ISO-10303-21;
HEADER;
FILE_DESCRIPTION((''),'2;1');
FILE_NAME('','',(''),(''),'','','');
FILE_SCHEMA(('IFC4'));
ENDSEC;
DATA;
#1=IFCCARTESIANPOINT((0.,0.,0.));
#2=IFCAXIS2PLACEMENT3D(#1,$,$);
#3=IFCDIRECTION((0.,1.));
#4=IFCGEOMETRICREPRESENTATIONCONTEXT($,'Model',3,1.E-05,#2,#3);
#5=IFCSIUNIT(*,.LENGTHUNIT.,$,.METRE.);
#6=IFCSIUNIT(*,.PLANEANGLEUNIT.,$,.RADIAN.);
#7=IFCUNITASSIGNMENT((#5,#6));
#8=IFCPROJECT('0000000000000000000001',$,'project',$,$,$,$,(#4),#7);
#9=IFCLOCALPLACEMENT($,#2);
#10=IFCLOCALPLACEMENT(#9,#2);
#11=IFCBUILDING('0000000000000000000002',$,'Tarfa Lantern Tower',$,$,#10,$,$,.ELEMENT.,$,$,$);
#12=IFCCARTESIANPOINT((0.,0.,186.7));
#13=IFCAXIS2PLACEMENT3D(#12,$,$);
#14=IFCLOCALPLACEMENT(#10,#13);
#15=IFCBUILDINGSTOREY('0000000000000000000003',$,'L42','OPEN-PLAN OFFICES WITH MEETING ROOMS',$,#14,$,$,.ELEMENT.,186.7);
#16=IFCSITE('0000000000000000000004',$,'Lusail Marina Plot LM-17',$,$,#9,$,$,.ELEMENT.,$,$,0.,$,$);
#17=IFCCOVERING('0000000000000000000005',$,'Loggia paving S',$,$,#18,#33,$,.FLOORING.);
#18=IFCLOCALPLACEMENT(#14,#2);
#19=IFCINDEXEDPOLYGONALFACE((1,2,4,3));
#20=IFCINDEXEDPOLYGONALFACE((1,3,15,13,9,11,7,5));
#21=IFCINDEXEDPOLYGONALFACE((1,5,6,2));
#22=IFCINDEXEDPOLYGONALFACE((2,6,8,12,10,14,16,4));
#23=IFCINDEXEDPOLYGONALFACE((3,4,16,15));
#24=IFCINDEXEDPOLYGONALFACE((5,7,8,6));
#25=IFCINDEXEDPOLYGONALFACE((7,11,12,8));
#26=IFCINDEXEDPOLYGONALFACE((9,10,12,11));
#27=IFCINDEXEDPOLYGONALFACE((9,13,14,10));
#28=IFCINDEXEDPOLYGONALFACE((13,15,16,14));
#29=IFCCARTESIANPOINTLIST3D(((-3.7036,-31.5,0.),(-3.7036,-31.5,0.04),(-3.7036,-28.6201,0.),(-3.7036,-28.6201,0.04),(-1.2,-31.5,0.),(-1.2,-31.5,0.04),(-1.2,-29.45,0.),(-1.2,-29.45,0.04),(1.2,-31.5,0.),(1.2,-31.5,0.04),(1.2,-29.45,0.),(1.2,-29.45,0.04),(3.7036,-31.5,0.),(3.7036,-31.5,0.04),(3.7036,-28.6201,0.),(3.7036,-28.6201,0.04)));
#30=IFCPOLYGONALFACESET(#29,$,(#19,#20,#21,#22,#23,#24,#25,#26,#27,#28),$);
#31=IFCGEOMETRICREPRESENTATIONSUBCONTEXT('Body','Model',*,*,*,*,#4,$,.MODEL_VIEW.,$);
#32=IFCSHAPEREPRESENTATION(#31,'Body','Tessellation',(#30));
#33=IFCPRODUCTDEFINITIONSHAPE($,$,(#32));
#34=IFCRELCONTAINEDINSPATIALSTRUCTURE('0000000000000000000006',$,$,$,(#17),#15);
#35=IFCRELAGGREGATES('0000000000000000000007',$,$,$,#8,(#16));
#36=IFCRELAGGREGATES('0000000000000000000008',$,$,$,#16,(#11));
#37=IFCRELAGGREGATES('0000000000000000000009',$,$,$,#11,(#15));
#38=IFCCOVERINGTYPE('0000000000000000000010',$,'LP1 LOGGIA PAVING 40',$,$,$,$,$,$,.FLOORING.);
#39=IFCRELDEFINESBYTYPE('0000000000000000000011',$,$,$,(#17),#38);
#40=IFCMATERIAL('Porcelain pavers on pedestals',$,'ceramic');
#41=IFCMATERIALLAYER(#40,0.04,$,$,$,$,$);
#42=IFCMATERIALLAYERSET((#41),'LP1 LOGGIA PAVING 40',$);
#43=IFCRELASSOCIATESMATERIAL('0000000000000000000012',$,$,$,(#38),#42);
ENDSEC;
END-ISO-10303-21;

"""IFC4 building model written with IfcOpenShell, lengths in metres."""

from ifc_helpers import new_model, si_unit, direction, frame, origin, place, context, subcontext, project, spatial, polyline, outline, extrude, material, layer, layer_set, type_object, element, save


model = new_model("IFC4")

# Units and contexts
model_context = context("Model", 3, precision=1e-05, world=origin(), true_north=direction((0.0, 1.0)))
body_context = subcontext(model_context, "Body", "Model", "MODEL_VIEW")
ifc_project = project(units=[si_unit("LENGTHUNIT", "METRE"), si_unit("PLANEANGLEUNIT", "RADIAN")], contexts=[model_context])

# Site, building, storey
site_placement = place(None, origin())
site = spatial("IfcSite", under=ifc_project, at=site_placement, Name="Lusail Marina Plot LM-17", CompositionType="ELEMENT", RefElevation=0.0)
building_placement = place(site_placement, origin())
building = spatial("IfcBuilding", under=site, at=building_placement, Name="Tarfa Lantern Tower", CompositionType="ELEMENT")
storey_placement = place(building_placement, frame((0.0, 0.0, 186.7)))
storey = spatial("IfcBuildingStorey", under=building, at=storey_placement, Name="L42", Description="OPEN-PLAN OFFICES WITH MEETING ROOMS", CompositionType="ELEMENT", Elevation=186.7)

# Covering
ifc_material_1 = material(Name="Porcelain pavers on pedestals", Category="ceramic")
ifc_layer_1 = layer(ifc_material_1, 0.04)
ifc_layer_set_1 = layer_set([ifc_layer_1], Name="LP1 LOGGIA PAVING 40")
covering_type = type_object("IfcCoveringType", Name="LP1 LOGGIA PAVING 40", PredefinedType="FLOORING", material=ifc_layer_set_1)
covering_1_placement = place(storey_placement, origin())
element("IfcCovering", 1, at=covering_1_placement, inside=storey, type_object=covering_type, Name="Loggia paving S", PredefinedType="FLOORING", context=body_context, shape_type="SweptSolid", body=[
    extrude(outline(polyline([(-3.7036, -31.5), (-3.7036, -28.6201), (3.7036, -28.6201), (3.7036, -31.5), (1.2, -31.5), (1.2, -29.45), (-1.2, -29.45), (-1.2, -31.5), (-3.7036, -31.5)])), origin(), (0.0, 0.0, 1.0), 0.04),
])

save(model, "model.ifc")
